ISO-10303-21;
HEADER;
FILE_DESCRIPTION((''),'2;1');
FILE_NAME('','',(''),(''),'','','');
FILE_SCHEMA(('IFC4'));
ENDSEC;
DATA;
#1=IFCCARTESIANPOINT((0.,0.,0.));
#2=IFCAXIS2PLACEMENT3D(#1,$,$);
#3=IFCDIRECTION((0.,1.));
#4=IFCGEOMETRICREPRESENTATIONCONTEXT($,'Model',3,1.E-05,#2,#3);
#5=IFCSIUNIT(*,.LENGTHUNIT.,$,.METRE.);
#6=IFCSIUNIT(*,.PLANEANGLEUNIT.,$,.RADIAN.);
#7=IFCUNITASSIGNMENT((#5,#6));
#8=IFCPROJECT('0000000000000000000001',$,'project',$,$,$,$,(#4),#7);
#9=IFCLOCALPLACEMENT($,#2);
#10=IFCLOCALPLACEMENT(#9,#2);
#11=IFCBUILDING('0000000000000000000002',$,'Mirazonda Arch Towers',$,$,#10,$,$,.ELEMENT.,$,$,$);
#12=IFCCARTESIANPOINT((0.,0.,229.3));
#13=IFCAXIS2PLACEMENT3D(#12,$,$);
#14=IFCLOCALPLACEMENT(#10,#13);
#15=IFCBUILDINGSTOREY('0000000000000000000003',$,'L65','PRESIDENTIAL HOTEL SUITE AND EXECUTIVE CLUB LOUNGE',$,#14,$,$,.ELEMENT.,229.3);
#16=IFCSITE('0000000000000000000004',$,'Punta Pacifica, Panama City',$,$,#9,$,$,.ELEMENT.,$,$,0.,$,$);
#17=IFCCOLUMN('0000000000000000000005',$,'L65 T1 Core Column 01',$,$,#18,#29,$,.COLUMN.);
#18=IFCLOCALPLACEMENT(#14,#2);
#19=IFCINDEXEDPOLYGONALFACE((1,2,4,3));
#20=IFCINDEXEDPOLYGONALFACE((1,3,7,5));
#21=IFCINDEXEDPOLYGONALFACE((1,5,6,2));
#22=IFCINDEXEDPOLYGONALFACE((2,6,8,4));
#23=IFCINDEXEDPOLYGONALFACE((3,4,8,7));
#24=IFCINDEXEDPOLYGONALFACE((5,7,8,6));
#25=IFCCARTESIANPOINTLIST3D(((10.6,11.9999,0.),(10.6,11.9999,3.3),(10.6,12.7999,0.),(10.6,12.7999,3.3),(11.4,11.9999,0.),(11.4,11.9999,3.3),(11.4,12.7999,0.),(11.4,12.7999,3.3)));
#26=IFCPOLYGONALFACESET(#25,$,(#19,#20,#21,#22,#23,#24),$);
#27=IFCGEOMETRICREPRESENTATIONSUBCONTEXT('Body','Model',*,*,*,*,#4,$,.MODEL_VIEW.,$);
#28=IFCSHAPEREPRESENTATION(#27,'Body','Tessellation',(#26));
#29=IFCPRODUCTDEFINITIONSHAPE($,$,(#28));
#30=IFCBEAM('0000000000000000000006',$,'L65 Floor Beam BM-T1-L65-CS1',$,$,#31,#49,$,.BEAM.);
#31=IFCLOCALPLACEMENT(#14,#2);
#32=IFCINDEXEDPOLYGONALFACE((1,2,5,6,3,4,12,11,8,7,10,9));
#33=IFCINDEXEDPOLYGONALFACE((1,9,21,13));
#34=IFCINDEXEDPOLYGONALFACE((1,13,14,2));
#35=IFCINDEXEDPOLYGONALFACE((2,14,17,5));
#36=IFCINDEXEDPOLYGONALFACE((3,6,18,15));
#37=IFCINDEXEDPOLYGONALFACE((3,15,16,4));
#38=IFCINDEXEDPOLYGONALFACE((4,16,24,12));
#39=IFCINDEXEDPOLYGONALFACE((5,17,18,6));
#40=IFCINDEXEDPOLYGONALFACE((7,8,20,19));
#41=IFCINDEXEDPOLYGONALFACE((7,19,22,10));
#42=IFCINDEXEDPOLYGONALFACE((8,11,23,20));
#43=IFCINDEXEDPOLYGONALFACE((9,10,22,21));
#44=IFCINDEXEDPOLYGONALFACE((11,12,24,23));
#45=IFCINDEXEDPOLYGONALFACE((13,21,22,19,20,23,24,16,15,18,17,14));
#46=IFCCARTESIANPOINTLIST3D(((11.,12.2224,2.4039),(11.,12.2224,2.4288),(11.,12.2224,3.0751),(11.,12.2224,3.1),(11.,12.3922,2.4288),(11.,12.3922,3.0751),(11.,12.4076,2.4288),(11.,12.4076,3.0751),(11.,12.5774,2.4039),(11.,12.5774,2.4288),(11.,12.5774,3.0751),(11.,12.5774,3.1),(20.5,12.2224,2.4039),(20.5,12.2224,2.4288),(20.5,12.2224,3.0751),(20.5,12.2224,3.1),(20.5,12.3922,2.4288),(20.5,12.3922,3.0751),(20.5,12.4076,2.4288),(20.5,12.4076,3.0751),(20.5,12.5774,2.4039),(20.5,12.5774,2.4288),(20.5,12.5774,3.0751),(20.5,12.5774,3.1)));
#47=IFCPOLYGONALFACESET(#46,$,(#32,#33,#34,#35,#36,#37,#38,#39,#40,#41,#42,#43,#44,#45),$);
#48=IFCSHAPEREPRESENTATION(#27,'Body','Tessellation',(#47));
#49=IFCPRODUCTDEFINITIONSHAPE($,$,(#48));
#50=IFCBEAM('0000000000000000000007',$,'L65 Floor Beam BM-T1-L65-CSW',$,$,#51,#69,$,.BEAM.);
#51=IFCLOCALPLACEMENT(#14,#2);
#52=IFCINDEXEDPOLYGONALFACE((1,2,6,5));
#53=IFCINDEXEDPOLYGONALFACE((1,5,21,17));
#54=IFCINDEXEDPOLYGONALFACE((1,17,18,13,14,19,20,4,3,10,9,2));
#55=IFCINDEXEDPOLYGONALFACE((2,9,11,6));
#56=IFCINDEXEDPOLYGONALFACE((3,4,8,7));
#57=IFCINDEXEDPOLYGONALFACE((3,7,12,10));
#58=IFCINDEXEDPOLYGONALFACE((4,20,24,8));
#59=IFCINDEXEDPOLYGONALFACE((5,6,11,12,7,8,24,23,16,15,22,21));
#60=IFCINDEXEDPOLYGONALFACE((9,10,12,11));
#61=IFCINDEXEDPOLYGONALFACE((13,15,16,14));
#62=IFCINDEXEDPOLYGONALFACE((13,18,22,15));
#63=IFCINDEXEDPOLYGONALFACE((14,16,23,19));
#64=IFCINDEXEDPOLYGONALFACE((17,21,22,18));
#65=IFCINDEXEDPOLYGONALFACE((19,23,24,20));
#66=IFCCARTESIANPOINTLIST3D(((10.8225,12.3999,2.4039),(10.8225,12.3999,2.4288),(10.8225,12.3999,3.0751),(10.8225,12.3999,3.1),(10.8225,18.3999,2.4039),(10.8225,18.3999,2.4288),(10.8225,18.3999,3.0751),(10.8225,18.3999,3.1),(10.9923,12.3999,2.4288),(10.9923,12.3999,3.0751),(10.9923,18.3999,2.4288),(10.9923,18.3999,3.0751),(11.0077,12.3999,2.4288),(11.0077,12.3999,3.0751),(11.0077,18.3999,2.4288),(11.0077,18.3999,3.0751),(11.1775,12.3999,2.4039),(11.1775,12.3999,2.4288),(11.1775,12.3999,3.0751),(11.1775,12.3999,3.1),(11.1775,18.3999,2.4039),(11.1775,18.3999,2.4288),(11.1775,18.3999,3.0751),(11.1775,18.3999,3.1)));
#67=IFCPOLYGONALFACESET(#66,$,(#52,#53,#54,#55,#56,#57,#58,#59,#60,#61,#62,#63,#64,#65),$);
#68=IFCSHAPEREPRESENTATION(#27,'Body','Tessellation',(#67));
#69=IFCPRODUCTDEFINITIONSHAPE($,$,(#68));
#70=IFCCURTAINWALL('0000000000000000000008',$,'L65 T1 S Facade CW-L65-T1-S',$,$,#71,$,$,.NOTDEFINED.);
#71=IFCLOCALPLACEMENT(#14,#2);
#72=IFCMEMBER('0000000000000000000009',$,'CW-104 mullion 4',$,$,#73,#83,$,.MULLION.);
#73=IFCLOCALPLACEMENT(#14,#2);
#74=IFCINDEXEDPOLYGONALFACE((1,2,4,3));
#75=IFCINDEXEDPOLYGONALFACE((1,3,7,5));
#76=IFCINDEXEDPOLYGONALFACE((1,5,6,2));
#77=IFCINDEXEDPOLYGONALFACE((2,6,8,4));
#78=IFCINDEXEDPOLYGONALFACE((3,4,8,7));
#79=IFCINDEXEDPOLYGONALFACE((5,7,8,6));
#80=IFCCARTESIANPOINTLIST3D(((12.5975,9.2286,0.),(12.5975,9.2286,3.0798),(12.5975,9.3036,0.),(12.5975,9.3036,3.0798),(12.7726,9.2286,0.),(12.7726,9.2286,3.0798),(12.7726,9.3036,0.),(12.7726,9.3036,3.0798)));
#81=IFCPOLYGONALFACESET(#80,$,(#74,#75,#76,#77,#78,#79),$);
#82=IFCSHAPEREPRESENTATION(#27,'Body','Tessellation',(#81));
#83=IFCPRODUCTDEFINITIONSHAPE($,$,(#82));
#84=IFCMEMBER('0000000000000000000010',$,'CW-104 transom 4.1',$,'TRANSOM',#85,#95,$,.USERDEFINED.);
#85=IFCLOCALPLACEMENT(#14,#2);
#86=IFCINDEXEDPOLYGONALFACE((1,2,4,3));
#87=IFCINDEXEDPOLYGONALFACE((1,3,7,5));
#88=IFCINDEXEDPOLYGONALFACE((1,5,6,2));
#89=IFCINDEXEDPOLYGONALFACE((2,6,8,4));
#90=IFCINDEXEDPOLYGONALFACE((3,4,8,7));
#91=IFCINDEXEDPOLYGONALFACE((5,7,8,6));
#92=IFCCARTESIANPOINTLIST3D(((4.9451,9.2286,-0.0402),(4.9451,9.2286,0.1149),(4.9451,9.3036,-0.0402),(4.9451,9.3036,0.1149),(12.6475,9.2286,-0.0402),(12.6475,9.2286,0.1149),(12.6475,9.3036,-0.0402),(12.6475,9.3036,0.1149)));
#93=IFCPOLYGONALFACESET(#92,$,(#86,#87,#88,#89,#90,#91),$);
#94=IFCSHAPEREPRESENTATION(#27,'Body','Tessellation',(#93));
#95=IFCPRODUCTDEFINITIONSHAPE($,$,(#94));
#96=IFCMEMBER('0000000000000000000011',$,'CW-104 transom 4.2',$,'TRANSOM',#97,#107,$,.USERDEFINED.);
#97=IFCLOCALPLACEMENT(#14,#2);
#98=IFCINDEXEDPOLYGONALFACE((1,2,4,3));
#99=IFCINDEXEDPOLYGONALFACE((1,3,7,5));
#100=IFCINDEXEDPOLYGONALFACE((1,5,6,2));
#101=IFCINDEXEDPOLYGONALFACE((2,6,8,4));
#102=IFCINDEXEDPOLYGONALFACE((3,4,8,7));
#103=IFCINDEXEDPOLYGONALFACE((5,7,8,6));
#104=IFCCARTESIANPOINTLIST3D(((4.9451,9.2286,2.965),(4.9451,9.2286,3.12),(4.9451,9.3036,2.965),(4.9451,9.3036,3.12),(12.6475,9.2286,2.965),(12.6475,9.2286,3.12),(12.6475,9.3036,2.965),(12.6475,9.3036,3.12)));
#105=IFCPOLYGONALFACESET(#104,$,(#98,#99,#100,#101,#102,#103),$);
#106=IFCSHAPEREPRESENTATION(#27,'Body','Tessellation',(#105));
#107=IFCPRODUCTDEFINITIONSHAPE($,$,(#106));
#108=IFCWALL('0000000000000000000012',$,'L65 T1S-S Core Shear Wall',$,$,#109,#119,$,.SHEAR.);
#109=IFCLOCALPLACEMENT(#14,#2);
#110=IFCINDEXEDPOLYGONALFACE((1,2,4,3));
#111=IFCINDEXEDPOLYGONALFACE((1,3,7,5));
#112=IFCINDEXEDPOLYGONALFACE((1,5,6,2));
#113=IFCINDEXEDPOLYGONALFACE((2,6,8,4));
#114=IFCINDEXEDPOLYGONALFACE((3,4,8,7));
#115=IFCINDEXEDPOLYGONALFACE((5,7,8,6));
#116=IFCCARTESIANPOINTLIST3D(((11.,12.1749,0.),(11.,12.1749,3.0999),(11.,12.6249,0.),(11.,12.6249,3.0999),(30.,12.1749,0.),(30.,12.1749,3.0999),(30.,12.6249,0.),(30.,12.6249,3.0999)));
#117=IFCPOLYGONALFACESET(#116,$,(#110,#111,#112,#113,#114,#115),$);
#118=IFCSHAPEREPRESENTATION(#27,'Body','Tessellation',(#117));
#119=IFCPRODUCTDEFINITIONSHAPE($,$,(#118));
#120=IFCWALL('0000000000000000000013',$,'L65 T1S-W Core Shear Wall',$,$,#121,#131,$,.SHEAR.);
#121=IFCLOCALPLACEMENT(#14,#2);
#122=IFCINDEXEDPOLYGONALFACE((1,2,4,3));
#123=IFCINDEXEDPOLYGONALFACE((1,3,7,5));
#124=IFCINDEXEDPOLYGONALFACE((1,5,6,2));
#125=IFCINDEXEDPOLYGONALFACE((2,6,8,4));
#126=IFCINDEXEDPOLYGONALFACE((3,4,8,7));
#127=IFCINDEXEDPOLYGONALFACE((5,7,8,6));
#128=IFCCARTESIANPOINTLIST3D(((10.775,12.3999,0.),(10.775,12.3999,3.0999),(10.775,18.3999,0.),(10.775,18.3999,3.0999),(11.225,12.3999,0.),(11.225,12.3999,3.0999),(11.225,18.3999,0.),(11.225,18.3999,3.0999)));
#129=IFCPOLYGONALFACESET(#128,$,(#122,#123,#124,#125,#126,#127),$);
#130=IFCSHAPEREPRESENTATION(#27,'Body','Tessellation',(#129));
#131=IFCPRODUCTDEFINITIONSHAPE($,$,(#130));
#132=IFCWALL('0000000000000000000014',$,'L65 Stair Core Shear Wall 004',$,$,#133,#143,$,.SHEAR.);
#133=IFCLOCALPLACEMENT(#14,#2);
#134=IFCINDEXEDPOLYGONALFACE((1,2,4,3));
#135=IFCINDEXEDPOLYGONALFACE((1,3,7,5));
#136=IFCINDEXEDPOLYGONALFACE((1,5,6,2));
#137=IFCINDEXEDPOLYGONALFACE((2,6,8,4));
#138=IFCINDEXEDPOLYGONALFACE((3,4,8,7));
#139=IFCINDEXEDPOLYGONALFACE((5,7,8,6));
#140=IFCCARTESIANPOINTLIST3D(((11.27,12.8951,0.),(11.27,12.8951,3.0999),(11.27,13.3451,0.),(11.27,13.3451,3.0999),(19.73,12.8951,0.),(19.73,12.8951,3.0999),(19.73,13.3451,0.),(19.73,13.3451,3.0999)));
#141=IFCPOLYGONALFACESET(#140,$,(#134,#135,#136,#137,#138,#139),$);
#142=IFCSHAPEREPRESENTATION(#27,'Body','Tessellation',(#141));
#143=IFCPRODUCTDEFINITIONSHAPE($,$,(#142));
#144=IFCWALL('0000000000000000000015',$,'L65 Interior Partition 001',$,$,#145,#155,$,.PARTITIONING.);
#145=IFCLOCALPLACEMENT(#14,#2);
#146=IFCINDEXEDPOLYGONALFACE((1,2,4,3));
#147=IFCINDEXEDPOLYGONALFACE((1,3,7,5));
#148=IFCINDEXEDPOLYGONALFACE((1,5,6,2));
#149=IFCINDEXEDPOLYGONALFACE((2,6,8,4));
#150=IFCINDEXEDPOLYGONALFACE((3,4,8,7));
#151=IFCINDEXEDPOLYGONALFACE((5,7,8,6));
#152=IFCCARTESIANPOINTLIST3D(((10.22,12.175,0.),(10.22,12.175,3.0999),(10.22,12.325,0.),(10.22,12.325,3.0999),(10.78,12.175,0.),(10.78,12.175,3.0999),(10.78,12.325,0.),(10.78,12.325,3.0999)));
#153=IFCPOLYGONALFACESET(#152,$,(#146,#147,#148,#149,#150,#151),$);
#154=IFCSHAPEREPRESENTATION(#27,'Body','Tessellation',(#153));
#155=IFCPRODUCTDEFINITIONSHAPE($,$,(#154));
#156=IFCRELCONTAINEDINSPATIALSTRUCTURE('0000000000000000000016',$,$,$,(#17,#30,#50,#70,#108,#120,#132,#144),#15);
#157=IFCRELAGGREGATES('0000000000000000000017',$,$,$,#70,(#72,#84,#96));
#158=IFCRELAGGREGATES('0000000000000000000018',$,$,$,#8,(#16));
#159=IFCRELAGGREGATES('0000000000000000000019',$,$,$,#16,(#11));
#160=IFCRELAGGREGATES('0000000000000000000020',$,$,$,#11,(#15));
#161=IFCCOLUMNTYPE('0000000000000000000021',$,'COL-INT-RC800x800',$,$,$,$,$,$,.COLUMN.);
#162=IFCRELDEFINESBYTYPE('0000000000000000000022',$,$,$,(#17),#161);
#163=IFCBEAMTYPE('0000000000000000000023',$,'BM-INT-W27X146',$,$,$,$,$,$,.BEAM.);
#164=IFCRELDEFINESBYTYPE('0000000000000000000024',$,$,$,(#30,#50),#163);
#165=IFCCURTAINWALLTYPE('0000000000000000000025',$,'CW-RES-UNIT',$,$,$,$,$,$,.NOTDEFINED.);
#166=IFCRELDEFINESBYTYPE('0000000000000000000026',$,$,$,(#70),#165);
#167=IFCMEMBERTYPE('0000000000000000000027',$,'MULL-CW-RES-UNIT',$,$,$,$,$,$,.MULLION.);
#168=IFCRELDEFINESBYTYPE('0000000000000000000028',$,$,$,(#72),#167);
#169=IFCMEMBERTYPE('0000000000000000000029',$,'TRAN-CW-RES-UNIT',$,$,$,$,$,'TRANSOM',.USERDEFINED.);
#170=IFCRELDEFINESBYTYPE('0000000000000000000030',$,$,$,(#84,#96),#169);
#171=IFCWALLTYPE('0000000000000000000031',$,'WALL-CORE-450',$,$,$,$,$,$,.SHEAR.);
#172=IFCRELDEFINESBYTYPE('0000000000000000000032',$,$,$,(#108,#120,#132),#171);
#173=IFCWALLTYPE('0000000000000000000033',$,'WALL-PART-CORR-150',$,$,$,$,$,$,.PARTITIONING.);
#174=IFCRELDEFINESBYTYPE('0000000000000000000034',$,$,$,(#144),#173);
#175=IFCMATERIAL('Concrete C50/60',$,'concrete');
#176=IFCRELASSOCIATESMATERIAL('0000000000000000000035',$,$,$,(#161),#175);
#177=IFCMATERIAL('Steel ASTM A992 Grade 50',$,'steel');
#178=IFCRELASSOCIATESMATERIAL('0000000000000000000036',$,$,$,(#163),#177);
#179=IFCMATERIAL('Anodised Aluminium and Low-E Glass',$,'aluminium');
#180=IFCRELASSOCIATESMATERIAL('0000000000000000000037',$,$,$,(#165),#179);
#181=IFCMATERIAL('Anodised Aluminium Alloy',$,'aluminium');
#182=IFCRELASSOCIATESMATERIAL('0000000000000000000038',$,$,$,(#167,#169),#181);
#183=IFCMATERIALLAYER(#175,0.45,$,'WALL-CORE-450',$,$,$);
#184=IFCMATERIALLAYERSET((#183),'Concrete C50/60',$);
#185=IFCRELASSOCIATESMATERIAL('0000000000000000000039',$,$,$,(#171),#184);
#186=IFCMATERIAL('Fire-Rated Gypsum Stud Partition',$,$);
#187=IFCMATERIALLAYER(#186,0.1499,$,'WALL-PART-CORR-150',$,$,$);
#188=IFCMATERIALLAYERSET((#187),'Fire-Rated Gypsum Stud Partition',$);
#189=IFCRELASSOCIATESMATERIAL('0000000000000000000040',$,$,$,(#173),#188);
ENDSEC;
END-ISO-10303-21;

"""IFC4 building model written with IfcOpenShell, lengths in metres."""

from ifc_helpers import new_model, si_unit, direction, frame, frame_2d, origin, origin_2d, place, context, subcontext, project, spatial, rectangle, i_section, extrude, material, layer, layer_set, material_profile, profile_set, type_object, element, aggregate, save


model = new_model("IFC4")

# Units and contexts
model_context = context("Model", 3, precision=1e-05, world=origin(), true_north=direction((0.0, 1.0)))
body_context = subcontext(model_context, "Body", "Model", "MODEL_VIEW")
ifc_project = project(units=[si_unit("LENGTHUNIT", "METRE"), si_unit("PLANEANGLEUNIT", "RADIAN")], contexts=[model_context])

# Site, building, storey
site_placement = place(None, origin())
site = spatial("IfcSite", under=ifc_project, at=site_placement, Name="Punta Pacifica, Panama City", CompositionType="ELEMENT", RefElevation=0.0)
building_placement = place(site_placement, origin())
building = spatial("IfcBuilding", under=site, at=building_placement, Name="Mirazonda Arch Towers", CompositionType="ELEMENT")
storey_placement = place(building_placement, frame((0.0, 0.0, 229.3)))
storey = spatial("IfcBuildingStorey", under=building, at=storey_placement, Name="L65", Description="PRESIDENTIAL HOTEL SUITE AND EXECUTIVE CLUB LOUNGE", CompositionType="ELEMENT", Elevation=229.3)

# Column
ifc_material_1 = material(Name="Concrete C50/60", Category="concrete")
ifc_material_profile_1 = material_profile(ifc_material_1, rectangle(XDim=0.8, YDim=0.8, at=origin_2d()), Name="RC800x800")
ifc_profile_set_1 = profile_set([ifc_material_profile_1], Name="Concrete C50/60")
column_type = type_object("IfcColumnType", Name="COL-INT-RC800x800", PredefinedType="COLUMN", material=ifc_profile_set_1)
column_placement = place(storey_placement, frame((11.0, 12.3999, 0.0), z_axis=(0.0, 0.0, 1.0), x_axis=(1.0, 0.0, 0.0)))
element("IfcColumn", 1, at=column_placement, inside=storey, type_object=column_type, Name="L65 T1 Core Column 01", PredefinedType="COLUMN", context=body_context, shape_type="SweptSolid", body=[
    extrude(rectangle(XDim=0.8, YDim=0.8, at=origin_2d()), origin(), (0.0, 0.0, 1.0), 3.3),
])

# Beams
ifc_material_2 = material(Name="Steel ASTM A992 Grade 50", Category="steel")
ifc_material_profile_2 = material_profile(ifc_material_2, i_section(OverallWidth=0.355, OverallDepth=0.696, WebThickness=0.0154, FlangeThickness=0.0249, at=origin_2d()), Name="W27X146")
ifc_profile_set_2 = profile_set([ifc_material_profile_2], Name="Steel ASTM A992 Grade 50")
beam_type = type_object("IfcBeamType", Name="BM-INT-W27X146", PredefinedType="BEAM", material=ifc_profile_set_2)
beam_1_placement = place(storey_placement, frame((11.0, 12.3999, 2.752), z_axis=(1.0, 0.0, 0.0), x_axis=(0.0, 1.0, 0.0)))
element("IfcBeam", 2, at=beam_1_placement, inside=storey, type_object=beam_type, Name="L65 Floor Beam BM-T1-L65-CS1", PredefinedType="BEAM", context=body_context, shape_type="SweptSolid", body=[
    extrude(i_section(OverallWidth=0.355, OverallDepth=0.696, WebThickness=0.0154, FlangeThickness=0.0249, at=origin_2d()), origin(), (0.0, 0.0, 1.0), 9.5),
])
beam_2_placement = place(storey_placement, frame((11.0, 12.3999, 2.752), z_axis=(0.0, 1.0, 0.0), x_axis=(-1.0, 0.0, 0.0)))
element("IfcBeam", 3, at=beam_2_placement, inside=storey, type_object=beam_type, Name="L65 Floor Beam BM-T1-L65-CSW", PredefinedType="BEAM", context=body_context, shape_type="SweptSolid", body=[
    extrude(i_section(OverallWidth=0.355, OverallDepth=0.696, WebThickness=0.0154, FlangeThickness=0.0249, at=origin_2d()), origin(), (0.0, 0.0, 1.0), 6.0),
])

# Curtain wall, members
ifc_material_3 = material(Name="Anodised Aluminium and Low-E Glass", Category="aluminium")
curtain_wall_type = type_object("IfcCurtainWallType", Name="CW-RES-UNIT", PredefinedType="NOTDEFINED", material=ifc_material_3)
curtain_wall_placement = place(storey_placement, origin())
curtain_wall = element("IfcCurtainWall", 4, at=curtain_wall_placement, inside=storey, type_object=curtain_wall_type, Name="L65 T1 S Facade CW-L65-T1-S", PredefinedType="NOTDEFINED")
ifc_material_4 = material(Name="Anodised Aluminium Alloy", Category="aluminium")
ifc_material_profile_3 = material_profile(ifc_material_4, rectangle(XDim=0.075, YDim=0.175, at=origin_2d()), Name="ALU-MULL-75x175")
ifc_profile_set_3 = profile_set([ifc_material_profile_3], Name="Anodised Aluminium Alloy")
member_type_1 = type_object("IfcMemberType", Name="MULL-CW-RES-UNIT", PredefinedType="MULLION", material=ifc_profile_set_3)
member_1_placement = place(storey_placement, frame((12.6851, 9.2661, 0.0), z_axis=(0.0, 0.0, 1.0), x_axis=(0.0, -1.0, 0.0)))
member_1 = element("IfcMember", 5, at=member_1_placement, type_object=member_type_1, Name="CW-104 mullion 4", PredefinedType="MULLION", context=body_context, shape_type="SweptSolid", body=[
    extrude(rectangle(XDim=0.075, YDim=0.175, at=origin_2d()), origin(), (0.0, 0.0, 1.0), 3.0798),
])
ifc_material_profile_4 = material_profile(ifc_material_4, rectangle(XDim=0.075, YDim=0.155, at=origin_2d()), Name="ALU-TRAN-75x155")
ifc_profile_set_4 = profile_set([ifc_material_profile_4], Name="Anodised Aluminium Alloy")
member_type_2 = type_object("IfcMemberType", Name="TRAN-CW-RES-UNIT", ElementType="TRANSOM", PredefinedType="USERDEFINED", material=ifc_profile_set_4)
member_2_placement = place(storey_placement, frame((12.6475, 9.2661, 0.0374), z_axis=(-1.0, 0.0, 0.0), x_axis=(0.0, -1.0, 0.0)))
member_2 = element("IfcMember", 6, at=member_2_placement, type_object=member_type_2, Name="CW-104 transom 4.1", ObjectType="TRANSOM", PredefinedType="USERDEFINED", context=body_context, shape_type="SweptSolid", body=[
    extrude(rectangle(XDim=0.075, YDim=0.155, at=origin_2d()), origin(), (0.0, 0.0, 1.0), 7.7024),
])
member_3_placement = place(storey_placement, frame((12.6475, 9.2661, 3.0425), z_axis=(-1.0, 0.0, 0.0), x_axis=(0.0, -1.0, 0.0)))
member_3 = element("IfcMember", 7, at=member_3_placement, type_object=member_type_2, Name="CW-104 transom 4.2", ObjectType="TRANSOM", PredefinedType="USERDEFINED", context=body_context, shape_type="SweptSolid", body=[
    extrude(rectangle(XDim=0.075, YDim=0.155, at=origin_2d()), origin(), (0.0, 0.0, 1.0), 7.7024),
])
aggregate(curtain_wall, [member_1, member_2, member_3])

# Walls
ifc_layer_1 = layer(ifc_material_1, 0.45, Name="WALL-CORE-450")
ifc_layer_set_1 = layer_set([ifc_layer_1], Name="Concrete C50/60")
wall_type_1 = type_object("IfcWallType", Name="WALL-CORE-450", PredefinedType="SHEAR", material=ifc_layer_set_1)
wall_1_placement = place(storey_placement, frame((11.0, 12.3999, 0.0), z_axis=(0.0, 0.0, 1.0), x_axis=(1.0, 0.0, 0.0)))
element("IfcWall", 8, at=wall_1_placement, inside=storey, type_object=wall_type_1, Name="L65 T1S-S Core Shear Wall", PredefinedType="SHEAR", context=body_context, shape_type="SweptSolid", body=[
    extrude(rectangle(XDim=19.0, YDim=0.45, at=frame_2d((9.5, 0.0))), origin(), (0.0, 0.0, 1.0), 3.0999),
])
wall_2_placement = place(storey_placement, frame((11.0, 12.3999, 0.0), z_axis=(0.0, 0.0, 1.0), x_axis=(0.0, 1.0, 0.0)))
element("IfcWall", 9, at=wall_2_placement, inside=storey, type_object=wall_type_1, Name="L65 T1S-W Core Shear Wall", PredefinedType="SHEAR", context=body_context, shape_type="SweptSolid", body=[
    extrude(rectangle(XDim=6.0, YDim=0.45, at=frame_2d((3.0, 0.0))), origin(), (0.0, 0.0, 1.0), 3.0999),
])
wall_3_placement = place(storey_placement, frame((11.27, 13.1201, 0.0), z_axis=(0.0, 0.0, 1.0), x_axis=(1.0, 0.0, 0.0)))
element("IfcWall", 10, at=wall_3_placement, inside=storey, type_object=wall_type_1, Name="L65 Stair Core Shear Wall 004", PredefinedType="SHEAR", context=body_context, shape_type="SweptSolid", body=[
    extrude(rectangle(XDim=8.46, YDim=0.45, at=frame_2d((4.23, 0.0))), origin(), (0.0, 0.0, 1.0), 3.0999),
])
ifc_material_5 = material(Name="Fire-Rated Gypsum Stud Partition")
ifc_layer_2 = layer(ifc_material_5, 0.1499, Name="WALL-PART-CORR-150")
ifc_layer_set_2 = layer_set([ifc_layer_2], Name="Fire-Rated Gypsum Stud Partition")
wall_type_2 = type_object("IfcWallType", Name="WALL-PART-CORR-150", PredefinedType="PARTITIONING", material=ifc_layer_set_2)
wall_4_placement = place(storey_placement, frame((10.22, 12.25, 0.0), z_axis=(0.0, 0.0, 1.0), x_axis=(1.0, 0.0, 0.0)))
element("IfcWall", 11, at=wall_4_placement, inside=storey, type_object=wall_type_2, Name="L65 Interior Partition 001", PredefinedType="PARTITIONING", context=body_context, shape_type="SweptSolid", body=[
    extrude(rectangle(XDim=0.5601, YDim=0.1499, at=frame_2d((0.28, 0.0))), origin(), (0.0, 0.0, 1.0), 3.0999),
])

save(model, "model.ifc")
